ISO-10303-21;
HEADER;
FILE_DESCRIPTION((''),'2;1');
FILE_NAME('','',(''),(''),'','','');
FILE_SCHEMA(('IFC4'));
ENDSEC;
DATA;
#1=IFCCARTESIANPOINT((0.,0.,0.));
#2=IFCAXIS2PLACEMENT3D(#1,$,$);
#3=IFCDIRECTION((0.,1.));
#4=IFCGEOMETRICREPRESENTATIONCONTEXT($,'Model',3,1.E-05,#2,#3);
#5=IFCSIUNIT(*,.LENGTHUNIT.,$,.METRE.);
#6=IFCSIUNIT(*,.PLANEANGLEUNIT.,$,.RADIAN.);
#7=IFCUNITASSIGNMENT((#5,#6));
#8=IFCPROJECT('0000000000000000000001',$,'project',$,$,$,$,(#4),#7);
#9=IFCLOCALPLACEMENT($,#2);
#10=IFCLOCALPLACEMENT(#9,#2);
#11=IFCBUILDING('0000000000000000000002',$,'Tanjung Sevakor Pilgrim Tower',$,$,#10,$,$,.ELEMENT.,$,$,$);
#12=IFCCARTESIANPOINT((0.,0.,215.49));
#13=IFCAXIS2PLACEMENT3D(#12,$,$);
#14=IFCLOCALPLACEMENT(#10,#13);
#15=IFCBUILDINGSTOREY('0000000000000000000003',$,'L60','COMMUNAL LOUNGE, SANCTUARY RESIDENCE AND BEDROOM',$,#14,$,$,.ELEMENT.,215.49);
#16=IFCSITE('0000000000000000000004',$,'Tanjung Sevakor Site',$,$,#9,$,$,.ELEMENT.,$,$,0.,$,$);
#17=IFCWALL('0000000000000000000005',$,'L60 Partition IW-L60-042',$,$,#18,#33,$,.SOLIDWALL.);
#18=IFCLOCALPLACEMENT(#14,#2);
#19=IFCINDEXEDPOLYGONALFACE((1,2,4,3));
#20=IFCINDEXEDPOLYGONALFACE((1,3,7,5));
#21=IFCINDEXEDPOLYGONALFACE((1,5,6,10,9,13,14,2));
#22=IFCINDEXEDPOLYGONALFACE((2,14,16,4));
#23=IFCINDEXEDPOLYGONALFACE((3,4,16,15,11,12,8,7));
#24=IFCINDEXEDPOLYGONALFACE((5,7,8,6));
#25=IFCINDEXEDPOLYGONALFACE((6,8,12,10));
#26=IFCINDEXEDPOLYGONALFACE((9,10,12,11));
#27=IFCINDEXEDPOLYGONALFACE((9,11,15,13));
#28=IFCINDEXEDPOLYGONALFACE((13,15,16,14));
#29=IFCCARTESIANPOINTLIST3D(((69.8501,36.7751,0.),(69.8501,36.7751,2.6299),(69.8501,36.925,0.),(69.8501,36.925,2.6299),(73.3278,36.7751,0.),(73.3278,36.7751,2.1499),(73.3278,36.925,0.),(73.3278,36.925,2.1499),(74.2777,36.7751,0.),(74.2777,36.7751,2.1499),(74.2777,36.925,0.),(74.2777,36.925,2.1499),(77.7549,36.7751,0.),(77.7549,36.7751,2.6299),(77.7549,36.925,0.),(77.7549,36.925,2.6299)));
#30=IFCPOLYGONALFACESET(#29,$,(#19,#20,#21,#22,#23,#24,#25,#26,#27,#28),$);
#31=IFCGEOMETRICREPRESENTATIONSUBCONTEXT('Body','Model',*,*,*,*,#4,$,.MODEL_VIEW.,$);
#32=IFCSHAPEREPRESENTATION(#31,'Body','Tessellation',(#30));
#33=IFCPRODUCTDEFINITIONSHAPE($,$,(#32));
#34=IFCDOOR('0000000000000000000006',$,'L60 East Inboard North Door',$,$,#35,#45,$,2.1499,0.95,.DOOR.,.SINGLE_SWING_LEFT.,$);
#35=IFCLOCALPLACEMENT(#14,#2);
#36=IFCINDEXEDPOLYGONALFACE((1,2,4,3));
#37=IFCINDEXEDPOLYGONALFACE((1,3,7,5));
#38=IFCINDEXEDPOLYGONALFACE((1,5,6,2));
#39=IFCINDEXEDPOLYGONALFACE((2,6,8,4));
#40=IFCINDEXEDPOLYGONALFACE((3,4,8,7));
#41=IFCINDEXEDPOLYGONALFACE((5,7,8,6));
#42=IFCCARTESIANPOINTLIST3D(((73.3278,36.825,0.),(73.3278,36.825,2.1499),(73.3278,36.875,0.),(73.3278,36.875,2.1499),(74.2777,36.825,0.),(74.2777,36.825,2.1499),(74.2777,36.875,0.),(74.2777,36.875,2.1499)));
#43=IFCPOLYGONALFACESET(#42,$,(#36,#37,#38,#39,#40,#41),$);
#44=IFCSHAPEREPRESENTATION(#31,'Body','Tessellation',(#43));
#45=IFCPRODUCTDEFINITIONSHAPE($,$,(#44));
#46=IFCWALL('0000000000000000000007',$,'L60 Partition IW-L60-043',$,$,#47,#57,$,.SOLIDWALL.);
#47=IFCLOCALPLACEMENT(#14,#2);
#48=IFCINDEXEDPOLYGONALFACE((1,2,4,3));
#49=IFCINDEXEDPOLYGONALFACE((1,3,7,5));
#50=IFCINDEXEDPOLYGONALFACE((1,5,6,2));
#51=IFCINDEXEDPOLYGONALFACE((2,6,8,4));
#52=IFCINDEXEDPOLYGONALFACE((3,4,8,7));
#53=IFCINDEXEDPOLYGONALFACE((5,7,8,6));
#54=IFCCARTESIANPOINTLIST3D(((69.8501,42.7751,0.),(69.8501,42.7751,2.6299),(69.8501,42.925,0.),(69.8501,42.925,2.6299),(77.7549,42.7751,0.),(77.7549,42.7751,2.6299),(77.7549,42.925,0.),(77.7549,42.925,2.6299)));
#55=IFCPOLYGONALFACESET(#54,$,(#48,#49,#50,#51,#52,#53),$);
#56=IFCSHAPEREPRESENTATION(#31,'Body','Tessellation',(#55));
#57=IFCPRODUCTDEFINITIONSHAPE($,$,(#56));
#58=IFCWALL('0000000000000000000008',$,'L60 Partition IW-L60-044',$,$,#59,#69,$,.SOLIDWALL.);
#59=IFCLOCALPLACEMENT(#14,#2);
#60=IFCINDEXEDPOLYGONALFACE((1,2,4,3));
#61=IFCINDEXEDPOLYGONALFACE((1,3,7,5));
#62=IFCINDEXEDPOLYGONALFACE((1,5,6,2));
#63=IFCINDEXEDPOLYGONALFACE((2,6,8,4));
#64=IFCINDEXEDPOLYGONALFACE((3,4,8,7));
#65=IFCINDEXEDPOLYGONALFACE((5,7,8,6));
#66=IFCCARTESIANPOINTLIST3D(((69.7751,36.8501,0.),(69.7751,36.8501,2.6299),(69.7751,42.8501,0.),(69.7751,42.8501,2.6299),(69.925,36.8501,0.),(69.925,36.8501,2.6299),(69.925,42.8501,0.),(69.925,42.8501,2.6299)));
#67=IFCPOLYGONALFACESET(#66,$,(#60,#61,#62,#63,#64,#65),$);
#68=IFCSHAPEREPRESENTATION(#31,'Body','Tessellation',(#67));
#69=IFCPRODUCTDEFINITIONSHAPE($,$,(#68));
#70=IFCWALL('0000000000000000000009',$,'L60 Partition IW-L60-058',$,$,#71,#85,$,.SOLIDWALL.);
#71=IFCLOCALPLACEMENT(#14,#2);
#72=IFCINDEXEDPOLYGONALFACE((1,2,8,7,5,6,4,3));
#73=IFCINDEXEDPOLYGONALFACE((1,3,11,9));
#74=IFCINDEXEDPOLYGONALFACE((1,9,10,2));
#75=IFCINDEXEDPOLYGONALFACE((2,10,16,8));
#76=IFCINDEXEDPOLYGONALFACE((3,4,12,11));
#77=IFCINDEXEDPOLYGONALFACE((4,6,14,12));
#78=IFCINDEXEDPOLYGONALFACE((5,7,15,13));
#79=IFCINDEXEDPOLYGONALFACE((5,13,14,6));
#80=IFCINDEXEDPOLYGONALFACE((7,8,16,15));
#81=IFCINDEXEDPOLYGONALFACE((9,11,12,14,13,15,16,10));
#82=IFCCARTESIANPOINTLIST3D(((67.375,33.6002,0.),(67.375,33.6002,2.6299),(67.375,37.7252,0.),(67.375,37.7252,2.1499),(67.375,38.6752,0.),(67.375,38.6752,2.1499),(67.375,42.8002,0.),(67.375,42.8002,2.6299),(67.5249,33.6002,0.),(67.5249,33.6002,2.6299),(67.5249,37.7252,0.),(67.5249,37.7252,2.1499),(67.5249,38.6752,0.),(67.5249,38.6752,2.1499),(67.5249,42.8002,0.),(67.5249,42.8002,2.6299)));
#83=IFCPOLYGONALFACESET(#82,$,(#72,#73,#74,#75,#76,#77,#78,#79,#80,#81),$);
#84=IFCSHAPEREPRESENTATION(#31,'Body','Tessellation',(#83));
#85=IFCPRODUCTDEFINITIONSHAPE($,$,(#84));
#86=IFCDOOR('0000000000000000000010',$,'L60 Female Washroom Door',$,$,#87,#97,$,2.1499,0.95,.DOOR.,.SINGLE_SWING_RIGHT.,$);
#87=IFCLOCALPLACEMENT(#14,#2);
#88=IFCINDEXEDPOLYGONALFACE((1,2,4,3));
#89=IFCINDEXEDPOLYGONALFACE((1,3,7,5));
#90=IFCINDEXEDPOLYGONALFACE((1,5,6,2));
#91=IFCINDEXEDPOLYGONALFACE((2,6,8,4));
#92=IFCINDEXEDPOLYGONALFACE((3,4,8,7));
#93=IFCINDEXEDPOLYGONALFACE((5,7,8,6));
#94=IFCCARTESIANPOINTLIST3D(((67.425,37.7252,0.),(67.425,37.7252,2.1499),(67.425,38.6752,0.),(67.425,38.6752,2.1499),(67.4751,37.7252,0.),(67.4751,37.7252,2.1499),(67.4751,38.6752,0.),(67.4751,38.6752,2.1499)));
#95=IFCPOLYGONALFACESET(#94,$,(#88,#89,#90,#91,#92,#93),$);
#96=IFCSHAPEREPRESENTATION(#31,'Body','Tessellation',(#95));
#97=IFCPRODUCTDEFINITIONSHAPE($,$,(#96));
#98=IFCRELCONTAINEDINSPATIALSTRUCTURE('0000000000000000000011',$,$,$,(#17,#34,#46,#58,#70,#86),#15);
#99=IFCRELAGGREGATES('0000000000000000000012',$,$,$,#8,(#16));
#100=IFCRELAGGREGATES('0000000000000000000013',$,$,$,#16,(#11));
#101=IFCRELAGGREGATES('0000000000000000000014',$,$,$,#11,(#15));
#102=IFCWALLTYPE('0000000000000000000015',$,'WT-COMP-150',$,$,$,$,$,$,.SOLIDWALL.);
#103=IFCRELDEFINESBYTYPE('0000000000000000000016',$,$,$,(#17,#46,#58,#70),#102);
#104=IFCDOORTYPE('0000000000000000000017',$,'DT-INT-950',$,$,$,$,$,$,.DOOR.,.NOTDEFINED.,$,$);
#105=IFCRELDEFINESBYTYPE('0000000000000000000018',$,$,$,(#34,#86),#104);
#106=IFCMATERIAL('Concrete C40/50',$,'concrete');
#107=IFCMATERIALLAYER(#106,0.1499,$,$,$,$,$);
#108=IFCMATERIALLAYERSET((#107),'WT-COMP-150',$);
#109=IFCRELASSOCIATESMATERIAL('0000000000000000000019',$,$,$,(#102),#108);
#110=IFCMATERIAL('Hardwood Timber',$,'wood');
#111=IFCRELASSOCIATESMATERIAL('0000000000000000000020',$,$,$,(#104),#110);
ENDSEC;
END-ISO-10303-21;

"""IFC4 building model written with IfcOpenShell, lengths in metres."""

from ifc_helpers import new_model, si_unit, direction, frame, frame_2d, origin, place, context, subcontext, project, spatial, rectangle, extrude, material, layer, layer_set, type_object, element, fill, save


model = new_model("IFC4")

# Units and contexts
model_context = context("Model", 3, precision=1e-05, world=origin(), true_north=direction((0.0, 1.0)))
body_context = subcontext(model_context, "Body", "Model", "MODEL_VIEW")
ifc_project = project(units=[si_unit("LENGTHUNIT", "METRE"), si_unit("PLANEANGLEUNIT", "RADIAN")], contexts=[model_context])

# Site, building, storey
site_placement = place(None, origin())
site = spatial("IfcSite", under=ifc_project, at=site_placement, Name="Tanjung Sevakor Site", CompositionType="ELEMENT", RefElevation=0.0)
building_placement = place(site_placement, origin())
building = spatial("IfcBuilding", under=site, at=building_placement, Name="Tanjung Sevakor Pilgrim Tower", CompositionType="ELEMENT")
storey_placement = place(building_placement, frame((0.0, 0.0, 215.49)))
storey = spatial("IfcBuildingStorey", under=building, at=storey_placement, Name="L60", Description="COMMUNAL LOUNGE, SANCTUARY RESIDENCE AND BEDROOM", CompositionType="ELEMENT", Elevation=215.49)

# Wall, opening, door
ifc_material_1 = material(Name="Concrete C40/50", Category="concrete")
ifc_layer_1 = layer(ifc_material_1, 0.1499)
ifc_layer_set_1 = layer_set([ifc_layer_1], Name="WT-COMP-150")
wall_type_1 = type_object("IfcWallType", Name="WT-COMP-150", PredefinedType="SOLIDWALL", material=ifc_layer_set_1)
ifc_material_2 = material(Name="Hardwood Timber", Category="wood")
door_type = type_object("IfcDoorType", Name="DT-INT-950", OperationType="NOTDEFINED", PredefinedType="DOOR", material=ifc_material_2)
wall_1_placement = place(storey_placement, frame((69.8501, 36.8501, 0.0), z_axis=(0.0, 0.0, 1.0), x_axis=(1.0, 0.0, 0.0)))
wall_1 = element("IfcWall", 1, at=wall_1_placement, inside=storey, type_object=wall_type_1, Name="L60 Partition IW-L60-042", PredefinedType="SOLIDWALL", context=body_context, shape_type="SweptSolid", body=[
    extrude(rectangle(XDim=7.9048, YDim=0.1499, at=frame_2d((3.9524, 0.0))), origin(), (0.0, 0.0, 1.0), 2.6299),
])
opening_1_placement = place(wall_1_placement, frame((3.4775, 0.0, 0.0)))
opening_1 = element("IfcOpeningElement", 2, at=opening_1_placement, cuts=wall_1, PredefinedType="OPENING", context=body_context, shape_type="SweptSolid", body=[
    extrude(rectangle(XDim=0.95, YDim=2.1499, at=frame_2d((0.4751, 1.075))), frame((0.0, 0.085, 0.0), z_axis=(0.0, -1.0, 0.0), x_axis=(1.0, 0.0, 0.0)), (0.0, 0.0, 1.0), 0.1699),
])
door_1_placement = place(opening_1_placement, origin())
door_1 = element("IfcDoor", 3, at=door_1_placement, inside=storey, type_object=door_type, Name="L60 East Inboard North Door", OperationType="SINGLE_SWING_LEFT", OverallHeight=2.1499, OverallWidth=0.95, PredefinedType="DOOR", context=body_context, shape_type="SweptSolid", body=[
    extrude(rectangle(XDim=0.95, YDim=2.1499, at=frame_2d((0.4751, 1.075))), frame((0.0, 0.0249, 0.0), z_axis=(0.0, -1.0, 0.0), x_axis=(1.0, 0.0, 0.0)), (0.0, 0.0, 1.0), 0.05),
])
fill(opening_1, door_1)

# Walls
wall_2_placement = place(storey_placement, frame((69.8501, 42.8501, 0.0), z_axis=(0.0, 0.0, 1.0), x_axis=(1.0, 0.0, 0.0)))
element("IfcWall", 4, at=wall_2_placement, inside=storey, type_object=wall_type_1, Name="L60 Partition IW-L60-043", PredefinedType="SOLIDWALL", context=body_context, shape_type="SweptSolid", body=[
    extrude(rectangle(XDim=7.9048, YDim=0.1499, at=frame_2d((3.9524, 0.0))), origin(), (0.0, 0.0, 1.0), 2.6299),
])
wall_3_placement = place(storey_placement, frame((69.8501, 36.8501, 0.0), z_axis=(0.0, 0.0, 1.0), x_axis=(0.0, 1.0, 0.0)))
element("IfcWall", 5, at=wall_3_placement, inside=storey, type_object=wall_type_1, Name="L60 Partition IW-L60-044", PredefinedType="SOLIDWALL", context=body_context, shape_type="SweptSolid", body=[
    extrude(rectangle(XDim=6.0, YDim=0.1499, at=frame_2d((3.0, 0.0))), origin(), (0.0, 0.0, 1.0), 2.6299),
])

# Wall, opening, door
wall_4_placement = place(storey_placement, frame((67.45, 33.6001, 0.0), z_axis=(0.0, 0.0, 1.0), x_axis=(0.0, 1.0, 0.0)))
wall_4 = element("IfcWall", 6, at=wall_4_placement, inside=storey, type_object=wall_type_1, Name="L60 Partition IW-L60-058", PredefinedType="SOLIDWALL", context=body_context, shape_type="SweptSolid", body=[
    extrude(rectangle(XDim=9.2, YDim=0.1499, at=frame_2d((4.6001, 0.0))), origin(), (0.0, 0.0, 1.0), 2.6299),
])
opening_2_placement = place(wall_4_placement, frame((4.125, 0.0, 0.0)))
opening_2 = element("IfcOpeningElement", 7, at=opening_2_placement, cuts=wall_4, PredefinedType="OPENING", context=body_context, shape_type="SweptSolid", body=[
    extrude(rectangle(XDim=0.95, YDim=2.1499, at=frame_2d((0.4751, 1.075))), frame((0.0, 0.085, 0.0), z_axis=(0.0, -1.0, 0.0), x_axis=(1.0, 0.0, 0.0)), (0.0, 0.0, 1.0), 0.1699),
])
door_2_placement = place(opening_2_placement, origin())
door_2 = element("IfcDoor", 8, at=door_2_placement, inside=storey, type_object=door_type, Name="L60 Female Washroom Door", OperationType="SINGLE_SWING_RIGHT", OverallHeight=2.1499, OverallWidth=0.95, PredefinedType="DOOR", context=body_context, shape_type="SweptSolid", body=[
    extrude(rectangle(XDim=0.95, YDim=2.1499, at=frame_2d((0.4751, 1.075))), frame((0.0, 0.0249, 0.0), z_axis=(0.0, -1.0, 0.0), x_axis=(1.0, 0.0, 0.0)), (0.0, 0.0, 1.0), 0.05),
])
fill(opening_2, door_2)

save(model, "model.ifc")
